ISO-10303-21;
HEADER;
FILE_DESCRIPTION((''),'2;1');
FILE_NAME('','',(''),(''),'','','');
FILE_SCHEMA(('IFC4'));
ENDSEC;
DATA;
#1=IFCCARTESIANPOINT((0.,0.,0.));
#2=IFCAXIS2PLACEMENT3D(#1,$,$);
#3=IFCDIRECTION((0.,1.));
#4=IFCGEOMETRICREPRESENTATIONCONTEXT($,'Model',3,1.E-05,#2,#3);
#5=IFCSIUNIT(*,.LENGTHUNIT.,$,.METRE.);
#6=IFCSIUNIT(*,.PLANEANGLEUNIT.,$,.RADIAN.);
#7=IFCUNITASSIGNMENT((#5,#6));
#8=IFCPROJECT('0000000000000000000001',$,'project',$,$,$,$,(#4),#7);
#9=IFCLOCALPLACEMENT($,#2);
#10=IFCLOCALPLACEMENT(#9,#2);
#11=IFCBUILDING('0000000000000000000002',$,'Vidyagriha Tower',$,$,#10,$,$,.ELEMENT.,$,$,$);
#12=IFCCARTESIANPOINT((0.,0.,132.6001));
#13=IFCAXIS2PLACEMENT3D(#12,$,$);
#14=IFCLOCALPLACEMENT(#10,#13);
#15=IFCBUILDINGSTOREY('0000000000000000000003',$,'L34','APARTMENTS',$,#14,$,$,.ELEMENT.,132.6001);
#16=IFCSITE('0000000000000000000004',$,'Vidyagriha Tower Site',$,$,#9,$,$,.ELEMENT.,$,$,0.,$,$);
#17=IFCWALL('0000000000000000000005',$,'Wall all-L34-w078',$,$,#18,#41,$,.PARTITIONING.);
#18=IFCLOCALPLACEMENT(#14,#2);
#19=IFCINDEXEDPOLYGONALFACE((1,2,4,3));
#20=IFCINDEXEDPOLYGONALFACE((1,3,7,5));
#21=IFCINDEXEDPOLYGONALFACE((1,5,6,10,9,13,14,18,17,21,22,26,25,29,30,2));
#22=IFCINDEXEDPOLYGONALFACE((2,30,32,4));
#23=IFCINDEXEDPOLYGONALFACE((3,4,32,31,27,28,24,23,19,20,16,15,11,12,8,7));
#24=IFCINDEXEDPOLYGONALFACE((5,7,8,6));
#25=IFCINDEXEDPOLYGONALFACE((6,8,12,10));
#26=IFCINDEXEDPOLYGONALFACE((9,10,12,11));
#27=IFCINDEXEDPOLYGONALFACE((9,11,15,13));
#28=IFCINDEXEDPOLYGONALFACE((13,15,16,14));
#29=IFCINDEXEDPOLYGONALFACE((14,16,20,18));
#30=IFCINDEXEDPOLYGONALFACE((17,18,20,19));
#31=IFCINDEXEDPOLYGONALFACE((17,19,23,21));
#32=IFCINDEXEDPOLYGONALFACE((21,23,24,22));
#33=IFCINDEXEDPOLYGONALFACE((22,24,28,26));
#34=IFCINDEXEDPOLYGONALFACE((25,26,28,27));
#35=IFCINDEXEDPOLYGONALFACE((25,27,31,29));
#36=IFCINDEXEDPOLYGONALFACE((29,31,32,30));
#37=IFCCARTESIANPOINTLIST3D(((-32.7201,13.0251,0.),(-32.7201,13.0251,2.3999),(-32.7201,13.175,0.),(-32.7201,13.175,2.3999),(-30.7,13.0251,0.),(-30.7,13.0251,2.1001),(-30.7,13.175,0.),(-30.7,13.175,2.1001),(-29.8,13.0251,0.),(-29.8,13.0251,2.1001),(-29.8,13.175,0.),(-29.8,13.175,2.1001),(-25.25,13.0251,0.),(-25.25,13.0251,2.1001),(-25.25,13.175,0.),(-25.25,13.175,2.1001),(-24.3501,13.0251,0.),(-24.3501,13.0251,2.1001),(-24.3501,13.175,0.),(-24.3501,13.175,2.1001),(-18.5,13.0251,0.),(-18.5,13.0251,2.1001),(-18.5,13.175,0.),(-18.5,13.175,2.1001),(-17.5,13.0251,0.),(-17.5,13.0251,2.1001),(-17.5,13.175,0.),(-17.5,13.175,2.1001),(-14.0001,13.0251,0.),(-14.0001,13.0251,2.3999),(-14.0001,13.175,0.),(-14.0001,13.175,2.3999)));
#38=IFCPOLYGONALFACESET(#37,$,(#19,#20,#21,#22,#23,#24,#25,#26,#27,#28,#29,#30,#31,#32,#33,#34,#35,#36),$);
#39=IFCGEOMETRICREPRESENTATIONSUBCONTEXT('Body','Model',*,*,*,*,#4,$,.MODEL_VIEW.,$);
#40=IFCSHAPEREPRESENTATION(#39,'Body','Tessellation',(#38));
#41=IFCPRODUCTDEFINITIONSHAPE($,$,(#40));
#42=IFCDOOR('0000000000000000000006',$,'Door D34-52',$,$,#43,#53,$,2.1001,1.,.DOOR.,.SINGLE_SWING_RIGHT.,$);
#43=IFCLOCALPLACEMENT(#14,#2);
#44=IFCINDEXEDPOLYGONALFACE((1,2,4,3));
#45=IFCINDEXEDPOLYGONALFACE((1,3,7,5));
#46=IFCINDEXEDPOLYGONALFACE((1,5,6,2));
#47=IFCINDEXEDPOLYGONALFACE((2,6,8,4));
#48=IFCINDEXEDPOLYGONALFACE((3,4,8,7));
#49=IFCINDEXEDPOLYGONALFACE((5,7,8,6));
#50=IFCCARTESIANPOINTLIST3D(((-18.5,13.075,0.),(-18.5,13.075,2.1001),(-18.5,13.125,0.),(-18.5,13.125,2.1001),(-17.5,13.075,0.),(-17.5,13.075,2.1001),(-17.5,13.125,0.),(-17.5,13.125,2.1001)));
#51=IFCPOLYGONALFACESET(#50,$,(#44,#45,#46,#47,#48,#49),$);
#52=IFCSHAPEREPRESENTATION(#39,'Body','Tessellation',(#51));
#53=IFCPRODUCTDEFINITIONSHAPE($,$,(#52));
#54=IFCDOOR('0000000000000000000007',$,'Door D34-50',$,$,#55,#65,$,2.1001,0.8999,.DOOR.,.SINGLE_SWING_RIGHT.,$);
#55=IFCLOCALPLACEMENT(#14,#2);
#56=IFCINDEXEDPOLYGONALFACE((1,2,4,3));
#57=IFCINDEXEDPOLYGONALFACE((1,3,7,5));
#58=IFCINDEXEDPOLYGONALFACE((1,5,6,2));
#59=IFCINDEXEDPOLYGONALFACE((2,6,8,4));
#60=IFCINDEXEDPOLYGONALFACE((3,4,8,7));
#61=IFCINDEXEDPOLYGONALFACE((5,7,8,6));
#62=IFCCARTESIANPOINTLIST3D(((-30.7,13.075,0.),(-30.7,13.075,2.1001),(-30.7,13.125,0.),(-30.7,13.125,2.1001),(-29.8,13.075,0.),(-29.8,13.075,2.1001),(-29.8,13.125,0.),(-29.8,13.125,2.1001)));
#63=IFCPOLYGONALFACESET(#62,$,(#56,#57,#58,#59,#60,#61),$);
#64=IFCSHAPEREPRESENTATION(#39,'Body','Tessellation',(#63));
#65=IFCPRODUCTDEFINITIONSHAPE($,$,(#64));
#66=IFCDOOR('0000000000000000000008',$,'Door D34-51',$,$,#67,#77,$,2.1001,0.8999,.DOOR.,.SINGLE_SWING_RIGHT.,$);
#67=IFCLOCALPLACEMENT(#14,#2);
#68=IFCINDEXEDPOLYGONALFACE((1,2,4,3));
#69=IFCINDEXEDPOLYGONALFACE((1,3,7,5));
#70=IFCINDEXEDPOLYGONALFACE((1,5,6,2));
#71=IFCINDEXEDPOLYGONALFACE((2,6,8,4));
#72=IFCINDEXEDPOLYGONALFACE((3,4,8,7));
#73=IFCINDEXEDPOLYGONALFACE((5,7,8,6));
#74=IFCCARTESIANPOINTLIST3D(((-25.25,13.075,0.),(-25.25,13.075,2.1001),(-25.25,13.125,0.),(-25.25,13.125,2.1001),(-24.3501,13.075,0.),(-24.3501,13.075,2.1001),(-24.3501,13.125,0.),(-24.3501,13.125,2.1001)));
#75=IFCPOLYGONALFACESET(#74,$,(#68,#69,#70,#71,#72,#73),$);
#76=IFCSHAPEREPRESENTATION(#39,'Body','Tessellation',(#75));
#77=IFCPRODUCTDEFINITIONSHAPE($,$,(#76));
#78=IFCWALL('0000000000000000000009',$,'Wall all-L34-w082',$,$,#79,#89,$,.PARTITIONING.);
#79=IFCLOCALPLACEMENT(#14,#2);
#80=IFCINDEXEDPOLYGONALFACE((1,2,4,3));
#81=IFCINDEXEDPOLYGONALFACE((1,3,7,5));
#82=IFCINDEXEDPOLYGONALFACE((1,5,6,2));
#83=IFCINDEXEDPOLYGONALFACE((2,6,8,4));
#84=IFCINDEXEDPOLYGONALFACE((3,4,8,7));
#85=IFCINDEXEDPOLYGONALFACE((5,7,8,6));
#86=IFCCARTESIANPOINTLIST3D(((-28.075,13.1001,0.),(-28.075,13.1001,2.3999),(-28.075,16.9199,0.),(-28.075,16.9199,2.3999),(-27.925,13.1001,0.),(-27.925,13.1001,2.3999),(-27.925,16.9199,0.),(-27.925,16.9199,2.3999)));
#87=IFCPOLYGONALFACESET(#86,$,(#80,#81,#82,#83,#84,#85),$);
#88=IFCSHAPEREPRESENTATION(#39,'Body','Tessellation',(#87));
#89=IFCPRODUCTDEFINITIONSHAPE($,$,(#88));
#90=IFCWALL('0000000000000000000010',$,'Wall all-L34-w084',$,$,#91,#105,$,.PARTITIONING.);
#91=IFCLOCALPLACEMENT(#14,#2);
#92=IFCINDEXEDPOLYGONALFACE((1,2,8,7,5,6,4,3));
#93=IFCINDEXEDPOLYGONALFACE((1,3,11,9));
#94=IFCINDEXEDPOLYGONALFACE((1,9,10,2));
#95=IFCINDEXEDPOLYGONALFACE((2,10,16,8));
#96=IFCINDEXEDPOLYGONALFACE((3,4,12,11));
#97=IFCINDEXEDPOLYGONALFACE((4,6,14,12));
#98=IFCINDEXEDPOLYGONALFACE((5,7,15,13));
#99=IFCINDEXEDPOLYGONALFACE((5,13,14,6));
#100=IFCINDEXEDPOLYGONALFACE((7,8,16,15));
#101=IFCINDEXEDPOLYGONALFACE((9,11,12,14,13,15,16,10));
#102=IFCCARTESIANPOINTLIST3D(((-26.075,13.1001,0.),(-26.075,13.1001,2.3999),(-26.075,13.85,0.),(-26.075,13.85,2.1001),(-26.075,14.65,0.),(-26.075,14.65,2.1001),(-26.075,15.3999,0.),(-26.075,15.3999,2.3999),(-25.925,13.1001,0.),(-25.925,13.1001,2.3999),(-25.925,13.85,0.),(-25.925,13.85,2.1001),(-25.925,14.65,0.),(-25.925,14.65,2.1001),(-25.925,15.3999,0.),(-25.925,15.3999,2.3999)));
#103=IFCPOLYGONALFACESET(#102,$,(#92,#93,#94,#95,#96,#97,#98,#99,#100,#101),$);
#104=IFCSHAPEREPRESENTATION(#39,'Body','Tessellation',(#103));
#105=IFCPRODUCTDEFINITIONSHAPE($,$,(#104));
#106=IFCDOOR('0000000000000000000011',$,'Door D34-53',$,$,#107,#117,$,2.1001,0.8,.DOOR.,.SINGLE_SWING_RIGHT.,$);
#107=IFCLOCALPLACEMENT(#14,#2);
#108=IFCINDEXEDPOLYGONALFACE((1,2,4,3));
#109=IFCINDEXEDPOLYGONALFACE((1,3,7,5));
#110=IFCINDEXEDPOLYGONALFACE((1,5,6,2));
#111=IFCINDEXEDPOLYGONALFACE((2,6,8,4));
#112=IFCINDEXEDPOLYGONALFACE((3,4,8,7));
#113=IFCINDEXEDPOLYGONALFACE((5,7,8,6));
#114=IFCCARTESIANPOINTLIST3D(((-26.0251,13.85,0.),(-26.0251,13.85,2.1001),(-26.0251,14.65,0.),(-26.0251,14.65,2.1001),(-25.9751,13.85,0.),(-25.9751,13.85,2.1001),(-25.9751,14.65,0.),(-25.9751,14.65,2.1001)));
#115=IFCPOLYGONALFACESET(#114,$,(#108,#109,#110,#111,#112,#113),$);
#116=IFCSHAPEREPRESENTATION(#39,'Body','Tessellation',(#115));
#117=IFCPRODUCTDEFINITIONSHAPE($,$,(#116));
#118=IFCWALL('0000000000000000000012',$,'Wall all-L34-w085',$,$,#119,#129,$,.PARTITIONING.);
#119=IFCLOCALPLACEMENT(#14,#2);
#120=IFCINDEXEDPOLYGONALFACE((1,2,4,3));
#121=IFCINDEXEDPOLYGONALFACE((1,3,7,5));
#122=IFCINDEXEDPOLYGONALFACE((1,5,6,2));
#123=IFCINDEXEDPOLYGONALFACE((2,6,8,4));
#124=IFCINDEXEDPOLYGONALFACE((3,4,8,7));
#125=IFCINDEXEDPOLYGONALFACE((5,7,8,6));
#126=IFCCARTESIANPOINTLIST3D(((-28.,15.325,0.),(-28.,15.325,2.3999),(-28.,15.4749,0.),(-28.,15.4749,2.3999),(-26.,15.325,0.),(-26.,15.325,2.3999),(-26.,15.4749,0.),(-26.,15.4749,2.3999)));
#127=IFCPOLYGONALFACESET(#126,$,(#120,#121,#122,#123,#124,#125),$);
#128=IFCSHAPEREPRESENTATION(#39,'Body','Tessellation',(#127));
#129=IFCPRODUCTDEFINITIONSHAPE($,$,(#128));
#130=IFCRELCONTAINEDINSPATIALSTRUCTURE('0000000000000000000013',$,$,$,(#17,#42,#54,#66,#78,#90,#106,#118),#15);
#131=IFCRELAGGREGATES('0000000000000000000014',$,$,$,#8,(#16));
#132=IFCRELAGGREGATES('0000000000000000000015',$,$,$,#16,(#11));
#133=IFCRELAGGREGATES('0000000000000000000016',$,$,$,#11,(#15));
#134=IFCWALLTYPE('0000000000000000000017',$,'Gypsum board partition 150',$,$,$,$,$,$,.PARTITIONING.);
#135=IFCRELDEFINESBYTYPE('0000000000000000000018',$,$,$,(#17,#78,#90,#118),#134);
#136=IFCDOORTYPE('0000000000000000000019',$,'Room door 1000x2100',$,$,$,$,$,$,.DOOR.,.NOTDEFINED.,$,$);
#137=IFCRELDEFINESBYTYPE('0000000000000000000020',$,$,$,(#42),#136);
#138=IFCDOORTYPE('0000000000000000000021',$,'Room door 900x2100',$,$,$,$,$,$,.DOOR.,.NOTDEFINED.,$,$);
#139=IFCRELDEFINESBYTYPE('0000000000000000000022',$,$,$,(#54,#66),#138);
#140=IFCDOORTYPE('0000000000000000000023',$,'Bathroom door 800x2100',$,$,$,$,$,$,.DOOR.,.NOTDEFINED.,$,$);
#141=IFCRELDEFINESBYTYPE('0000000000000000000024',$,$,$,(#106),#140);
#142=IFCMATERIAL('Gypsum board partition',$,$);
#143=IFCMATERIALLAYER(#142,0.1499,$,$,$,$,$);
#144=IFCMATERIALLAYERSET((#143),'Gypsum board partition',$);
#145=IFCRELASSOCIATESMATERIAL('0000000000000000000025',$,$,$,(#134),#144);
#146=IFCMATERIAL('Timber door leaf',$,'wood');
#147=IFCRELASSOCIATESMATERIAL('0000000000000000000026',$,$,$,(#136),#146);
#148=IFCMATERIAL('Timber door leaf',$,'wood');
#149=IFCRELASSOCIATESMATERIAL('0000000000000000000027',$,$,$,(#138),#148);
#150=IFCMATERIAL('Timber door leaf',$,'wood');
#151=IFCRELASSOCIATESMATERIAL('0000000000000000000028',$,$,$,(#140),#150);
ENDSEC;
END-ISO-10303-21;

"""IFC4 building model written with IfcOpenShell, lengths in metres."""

from ifc_helpers import new_model, si_unit, direction, frame, frame_2d, origin, place, context, subcontext, project, spatial, rectangle, extrude, material, layer, layer_set, type_object, element, fill, save


model = new_model("IFC4")

# Units and contexts
model_context = context("Model", 3, precision=1e-05, world=origin(), true_north=direction((0.0, 1.0)))
body_context = subcontext(model_context, "Body", "Model", "MODEL_VIEW")
ifc_project = project(units=[si_unit("LENGTHUNIT", "METRE"), si_unit("PLANEANGLEUNIT", "RADIAN")], contexts=[model_context])

# Site, building, storey
site_placement = place(None, origin())
site = spatial("IfcSite", under=ifc_project, at=site_placement, Name="Vidyagriha Tower Site", CompositionType="ELEMENT", RefElevation=0.0)
building_placement = place(site_placement, origin())
building = spatial("IfcBuilding", under=site, at=building_placement, Name="Vidyagriha Tower", CompositionType="ELEMENT")
storey_placement = place(building_placement, frame((0.0, 0.0, 132.6001)))
storey = spatial("IfcBuildingStorey", under=building, at=storey_placement, Name="L34", Description="APARTMENTS", CompositionType="ELEMENT", Elevation=132.6001)

# Wall, openings, doors
ifc_material_1 = material(Name="Gypsum board partition")
ifc_layer_1 = layer(ifc_material_1, 0.1499)
ifc_layer_set_1 = layer_set([ifc_layer_1], Name="Gypsum board partition")
wall_type_1 = type_object("IfcWallType", Name="Gypsum board partition 150", PredefinedType="PARTITIONING", material=ifc_layer_set_1)
wall_1_placement = place(storey_placement, frame((-32.72, 13.1001, 0.0)))
wall_1 = element("IfcWall", 1, at=wall_1_placement, inside=storey, type_object=wall_type_1, Name="Wall all-L34-w078", PredefinedType="PARTITIONING", context=body_context, shape_type="SweptSolid", body=[
    extrude(rectangle(XDim=18.72, YDim=0.1499, at=frame_2d((9.3599, 0.0))), origin(), (0.0, 0.0, 1.0), 2.3999),
])
opening_1_placement = place(wall_1_placement, frame((2.02, 0.0, 0.0)))
opening_1 = element("IfcOpeningElement", 2, at=opening_1_placement, cuts=wall_1, PredefinedType="OPENING", context=body_context, shape_type="SweptSolid", body=[
    extrude(rectangle(XDim=0.8999, YDim=2.1001, at=frame_2d((0.45, 1.05))), frame((0.0, 0.085, 0.0), z_axis=(0.0, -1.0, 0.0), x_axis=(1.0, 0.0, 0.0)), (0.0, 0.0, 1.0), 0.1699),
])
opening_2_placement = place(wall_1_placement, frame((7.47, 0.0, 0.0)))
opening_2 = element("IfcOpeningElement", 3, at=opening_2_placement, cuts=wall_1, PredefinedType="OPENING", context=body_context, shape_type="SweptSolid", body=[
    extrude(rectangle(XDim=0.8999, YDim=2.1001, at=frame_2d((0.45, 1.05))), frame((0.0, 0.085, 0.0), z_axis=(0.0, -1.0, 0.0), x_axis=(1.0, 0.0, 0.0)), (0.0, 0.0, 1.0), 0.1699),
])
opening_3_placement = place(wall_1_placement, frame((14.22, 0.0, 0.0)))
opening_3 = element("IfcOpeningElement", 4, at=opening_3_placement, cuts=wall_1, PredefinedType="OPENING", context=body_context, shape_type="SweptSolid", body=[
    extrude(rectangle(XDim=1.0, YDim=2.1001, at=frame_2d((0.5, 1.05))), frame((0.0, 0.085, 0.0), z_axis=(0.0, -1.0, 0.0), x_axis=(1.0, 0.0, 0.0)), (0.0, 0.0, 1.0), 0.1699),
])
ifc_material_2 = material(Name="Timber door leaf", Category="wood")
door_type_1 = type_object("IfcDoorType", Name="Room door 1000x2100", OperationType="NOTDEFINED", PredefinedType="DOOR", material=ifc_material_2)
door_1_placement = place(opening_3_placement, origin())
door_1 = element("IfcDoor", 5, at=door_1_placement, inside=storey, type_object=door_type_1, Name="Door D34-52", OperationType="SINGLE_SWING_RIGHT", OverallHeight=2.1001, OverallWidth=1.0, PredefinedType="DOOR", context=body_context, shape_type="SweptSolid", body=[
    extrude(rectangle(XDim=1.0, YDim=2.1001, at=frame_2d((0.5, 1.05))), frame((0.0, 0.0249, 0.0), z_axis=(0.0, -1.0, 0.0), x_axis=(1.0, 0.0, 0.0)), (0.0, 0.0, 1.0), 0.05),
])
fill(opening_3, door_1)
ifc_material_3 = material(Name="Timber door leaf", Category="wood")
door_type_2 = type_object("IfcDoorType", Name="Room door 900x2100", OperationType="NOTDEFINED", PredefinedType="DOOR", material=ifc_material_3)
door_2_placement = place(opening_1_placement, origin())
door_2 = element("IfcDoor", 6, at=door_2_placement, inside=storey, type_object=door_type_2, Name="Door D34-50", OperationType="SINGLE_SWING_RIGHT", OverallHeight=2.1001, OverallWidth=0.8999, PredefinedType="DOOR", context=body_context, shape_type="SweptSolid", body=[
    extrude(rectangle(XDim=0.8999, YDim=2.1001, at=frame_2d((0.45, 1.05))), frame((0.0, 0.0249, 0.0), z_axis=(0.0, -1.0, 0.0), x_axis=(1.0, 0.0, 0.0)), (0.0, 0.0, 1.0), 0.05),
])
fill(opening_1, door_2)
door_3_placement = place(opening_2_placement, origin())
door_3 = element("IfcDoor", 7, at=door_3_placement, inside=storey, type_object=door_type_2, Name="Door D34-51", OperationType="SINGLE_SWING_RIGHT", OverallHeight=2.1001, OverallWidth=0.8999, PredefinedType="DOOR", context=body_context, shape_type="SweptSolid", body=[
    extrude(rectangle(XDim=0.8999, YDim=2.1001, at=frame_2d((0.45, 1.05))), frame((0.0, 0.0249, 0.0), z_axis=(0.0, -1.0, 0.0), x_axis=(1.0, 0.0, 0.0)), (0.0, 0.0, 1.0), 0.05),
])
fill(opening_2, door_3)

# Wall
wall_2_placement = place(storey_placement, frame((-28.0, 16.9199, 0.0), z_axis=(0.0, 0.0, 1.0), x_axis=(0.0, -1.0, 0.0)))
element("IfcWall", 8, at=wall_2_placement, inside=storey, type_object=wall_type_1, Name="Wall all-L34-w082", PredefinedType="PARTITIONING", context=body_context, shape_type="SweptSolid", body=[
    extrude(rectangle(XDim=3.8198, YDim=0.1499, at=frame_2d((1.9099, 0.0))), origin(), (0.0, 0.0, 1.0), 2.3999),
])

# Wall, opening, door
wall_3_placement = place(storey_placement, frame((-26.0, 15.3999, 0.0), z_axis=(0.0, 0.0, 1.0), x_axis=(0.0, -1.0, 0.0)))
wall_3 = element("IfcWall", 9, at=wall_3_placement, inside=storey, type_object=wall_type_1, Name="Wall all-L34-w084", PredefinedType="PARTITIONING", context=body_context, shape_type="SweptSolid", body=[
    extrude(rectangle(XDim=2.2998, YDim=0.1499, at=frame_2d((1.1499, 0.0))), origin(), (0.0, 0.0, 1.0), 2.3999),
])
opening_4_placement = place(wall_3_placement, frame((0.75, 0.0, 0.0)))
opening_4 = element("IfcOpeningElement", 10, at=opening_4_placement, cuts=wall_3, PredefinedType="OPENING", context=body_context, shape_type="SweptSolid", body=[
    extrude(rectangle(XDim=0.8, YDim=2.1001, at=frame_2d((0.3999, 1.05))), frame((0.0, 0.085, 0.0), z_axis=(0.0, -1.0, 0.0), x_axis=(1.0, 0.0, 0.0)), (0.0, 0.0, 1.0), 0.1699),
])
ifc_material_4 = material(Name="Timber door leaf", Category="wood")
door_type_3 = type_object("IfcDoorType", Name="Bathroom door 800x2100", OperationType="NOTDEFINED", PredefinedType="DOOR", material=ifc_material_4)
door_4_placement = place(opening_4_placement, origin())
door_4 = element("IfcDoor", 11, at=door_4_placement, inside=storey, type_object=door_type_3, Name="Door D34-53", OperationType="SINGLE_SWING_RIGHT", OverallHeight=2.1001, OverallWidth=0.8, PredefinedType="DOOR", context=body_context, shape_type="SweptSolid", body=[
    extrude(rectangle(XDim=0.8, YDim=2.1001, at=frame_2d((0.3999, 1.05))), frame((0.0, 0.0249, 0.0), z_axis=(0.0, -1.0, 0.0), x_axis=(1.0, 0.0, 0.0)), (0.0, 0.0, 1.0), 0.05),
])
fill(opening_4, door_4)

# Wall
wall_4_placement = place(storey_placement, frame((-28.0, 15.3999, 0.0)))
element("IfcWall", 12, at=wall_4_placement, inside=storey, type_object=wall_type_1, Name="Wall all-L34-w085", PredefinedType="PARTITIONING", context=body_context, shape_type="SweptSolid", body=[
    extrude(rectangle(XDim=2.0, YDim=0.1499, at=frame_2d((1.0, 0.0))), origin(), (0.0, 0.0, 1.0), 2.3999),
])

save(model, "model.ifc")
